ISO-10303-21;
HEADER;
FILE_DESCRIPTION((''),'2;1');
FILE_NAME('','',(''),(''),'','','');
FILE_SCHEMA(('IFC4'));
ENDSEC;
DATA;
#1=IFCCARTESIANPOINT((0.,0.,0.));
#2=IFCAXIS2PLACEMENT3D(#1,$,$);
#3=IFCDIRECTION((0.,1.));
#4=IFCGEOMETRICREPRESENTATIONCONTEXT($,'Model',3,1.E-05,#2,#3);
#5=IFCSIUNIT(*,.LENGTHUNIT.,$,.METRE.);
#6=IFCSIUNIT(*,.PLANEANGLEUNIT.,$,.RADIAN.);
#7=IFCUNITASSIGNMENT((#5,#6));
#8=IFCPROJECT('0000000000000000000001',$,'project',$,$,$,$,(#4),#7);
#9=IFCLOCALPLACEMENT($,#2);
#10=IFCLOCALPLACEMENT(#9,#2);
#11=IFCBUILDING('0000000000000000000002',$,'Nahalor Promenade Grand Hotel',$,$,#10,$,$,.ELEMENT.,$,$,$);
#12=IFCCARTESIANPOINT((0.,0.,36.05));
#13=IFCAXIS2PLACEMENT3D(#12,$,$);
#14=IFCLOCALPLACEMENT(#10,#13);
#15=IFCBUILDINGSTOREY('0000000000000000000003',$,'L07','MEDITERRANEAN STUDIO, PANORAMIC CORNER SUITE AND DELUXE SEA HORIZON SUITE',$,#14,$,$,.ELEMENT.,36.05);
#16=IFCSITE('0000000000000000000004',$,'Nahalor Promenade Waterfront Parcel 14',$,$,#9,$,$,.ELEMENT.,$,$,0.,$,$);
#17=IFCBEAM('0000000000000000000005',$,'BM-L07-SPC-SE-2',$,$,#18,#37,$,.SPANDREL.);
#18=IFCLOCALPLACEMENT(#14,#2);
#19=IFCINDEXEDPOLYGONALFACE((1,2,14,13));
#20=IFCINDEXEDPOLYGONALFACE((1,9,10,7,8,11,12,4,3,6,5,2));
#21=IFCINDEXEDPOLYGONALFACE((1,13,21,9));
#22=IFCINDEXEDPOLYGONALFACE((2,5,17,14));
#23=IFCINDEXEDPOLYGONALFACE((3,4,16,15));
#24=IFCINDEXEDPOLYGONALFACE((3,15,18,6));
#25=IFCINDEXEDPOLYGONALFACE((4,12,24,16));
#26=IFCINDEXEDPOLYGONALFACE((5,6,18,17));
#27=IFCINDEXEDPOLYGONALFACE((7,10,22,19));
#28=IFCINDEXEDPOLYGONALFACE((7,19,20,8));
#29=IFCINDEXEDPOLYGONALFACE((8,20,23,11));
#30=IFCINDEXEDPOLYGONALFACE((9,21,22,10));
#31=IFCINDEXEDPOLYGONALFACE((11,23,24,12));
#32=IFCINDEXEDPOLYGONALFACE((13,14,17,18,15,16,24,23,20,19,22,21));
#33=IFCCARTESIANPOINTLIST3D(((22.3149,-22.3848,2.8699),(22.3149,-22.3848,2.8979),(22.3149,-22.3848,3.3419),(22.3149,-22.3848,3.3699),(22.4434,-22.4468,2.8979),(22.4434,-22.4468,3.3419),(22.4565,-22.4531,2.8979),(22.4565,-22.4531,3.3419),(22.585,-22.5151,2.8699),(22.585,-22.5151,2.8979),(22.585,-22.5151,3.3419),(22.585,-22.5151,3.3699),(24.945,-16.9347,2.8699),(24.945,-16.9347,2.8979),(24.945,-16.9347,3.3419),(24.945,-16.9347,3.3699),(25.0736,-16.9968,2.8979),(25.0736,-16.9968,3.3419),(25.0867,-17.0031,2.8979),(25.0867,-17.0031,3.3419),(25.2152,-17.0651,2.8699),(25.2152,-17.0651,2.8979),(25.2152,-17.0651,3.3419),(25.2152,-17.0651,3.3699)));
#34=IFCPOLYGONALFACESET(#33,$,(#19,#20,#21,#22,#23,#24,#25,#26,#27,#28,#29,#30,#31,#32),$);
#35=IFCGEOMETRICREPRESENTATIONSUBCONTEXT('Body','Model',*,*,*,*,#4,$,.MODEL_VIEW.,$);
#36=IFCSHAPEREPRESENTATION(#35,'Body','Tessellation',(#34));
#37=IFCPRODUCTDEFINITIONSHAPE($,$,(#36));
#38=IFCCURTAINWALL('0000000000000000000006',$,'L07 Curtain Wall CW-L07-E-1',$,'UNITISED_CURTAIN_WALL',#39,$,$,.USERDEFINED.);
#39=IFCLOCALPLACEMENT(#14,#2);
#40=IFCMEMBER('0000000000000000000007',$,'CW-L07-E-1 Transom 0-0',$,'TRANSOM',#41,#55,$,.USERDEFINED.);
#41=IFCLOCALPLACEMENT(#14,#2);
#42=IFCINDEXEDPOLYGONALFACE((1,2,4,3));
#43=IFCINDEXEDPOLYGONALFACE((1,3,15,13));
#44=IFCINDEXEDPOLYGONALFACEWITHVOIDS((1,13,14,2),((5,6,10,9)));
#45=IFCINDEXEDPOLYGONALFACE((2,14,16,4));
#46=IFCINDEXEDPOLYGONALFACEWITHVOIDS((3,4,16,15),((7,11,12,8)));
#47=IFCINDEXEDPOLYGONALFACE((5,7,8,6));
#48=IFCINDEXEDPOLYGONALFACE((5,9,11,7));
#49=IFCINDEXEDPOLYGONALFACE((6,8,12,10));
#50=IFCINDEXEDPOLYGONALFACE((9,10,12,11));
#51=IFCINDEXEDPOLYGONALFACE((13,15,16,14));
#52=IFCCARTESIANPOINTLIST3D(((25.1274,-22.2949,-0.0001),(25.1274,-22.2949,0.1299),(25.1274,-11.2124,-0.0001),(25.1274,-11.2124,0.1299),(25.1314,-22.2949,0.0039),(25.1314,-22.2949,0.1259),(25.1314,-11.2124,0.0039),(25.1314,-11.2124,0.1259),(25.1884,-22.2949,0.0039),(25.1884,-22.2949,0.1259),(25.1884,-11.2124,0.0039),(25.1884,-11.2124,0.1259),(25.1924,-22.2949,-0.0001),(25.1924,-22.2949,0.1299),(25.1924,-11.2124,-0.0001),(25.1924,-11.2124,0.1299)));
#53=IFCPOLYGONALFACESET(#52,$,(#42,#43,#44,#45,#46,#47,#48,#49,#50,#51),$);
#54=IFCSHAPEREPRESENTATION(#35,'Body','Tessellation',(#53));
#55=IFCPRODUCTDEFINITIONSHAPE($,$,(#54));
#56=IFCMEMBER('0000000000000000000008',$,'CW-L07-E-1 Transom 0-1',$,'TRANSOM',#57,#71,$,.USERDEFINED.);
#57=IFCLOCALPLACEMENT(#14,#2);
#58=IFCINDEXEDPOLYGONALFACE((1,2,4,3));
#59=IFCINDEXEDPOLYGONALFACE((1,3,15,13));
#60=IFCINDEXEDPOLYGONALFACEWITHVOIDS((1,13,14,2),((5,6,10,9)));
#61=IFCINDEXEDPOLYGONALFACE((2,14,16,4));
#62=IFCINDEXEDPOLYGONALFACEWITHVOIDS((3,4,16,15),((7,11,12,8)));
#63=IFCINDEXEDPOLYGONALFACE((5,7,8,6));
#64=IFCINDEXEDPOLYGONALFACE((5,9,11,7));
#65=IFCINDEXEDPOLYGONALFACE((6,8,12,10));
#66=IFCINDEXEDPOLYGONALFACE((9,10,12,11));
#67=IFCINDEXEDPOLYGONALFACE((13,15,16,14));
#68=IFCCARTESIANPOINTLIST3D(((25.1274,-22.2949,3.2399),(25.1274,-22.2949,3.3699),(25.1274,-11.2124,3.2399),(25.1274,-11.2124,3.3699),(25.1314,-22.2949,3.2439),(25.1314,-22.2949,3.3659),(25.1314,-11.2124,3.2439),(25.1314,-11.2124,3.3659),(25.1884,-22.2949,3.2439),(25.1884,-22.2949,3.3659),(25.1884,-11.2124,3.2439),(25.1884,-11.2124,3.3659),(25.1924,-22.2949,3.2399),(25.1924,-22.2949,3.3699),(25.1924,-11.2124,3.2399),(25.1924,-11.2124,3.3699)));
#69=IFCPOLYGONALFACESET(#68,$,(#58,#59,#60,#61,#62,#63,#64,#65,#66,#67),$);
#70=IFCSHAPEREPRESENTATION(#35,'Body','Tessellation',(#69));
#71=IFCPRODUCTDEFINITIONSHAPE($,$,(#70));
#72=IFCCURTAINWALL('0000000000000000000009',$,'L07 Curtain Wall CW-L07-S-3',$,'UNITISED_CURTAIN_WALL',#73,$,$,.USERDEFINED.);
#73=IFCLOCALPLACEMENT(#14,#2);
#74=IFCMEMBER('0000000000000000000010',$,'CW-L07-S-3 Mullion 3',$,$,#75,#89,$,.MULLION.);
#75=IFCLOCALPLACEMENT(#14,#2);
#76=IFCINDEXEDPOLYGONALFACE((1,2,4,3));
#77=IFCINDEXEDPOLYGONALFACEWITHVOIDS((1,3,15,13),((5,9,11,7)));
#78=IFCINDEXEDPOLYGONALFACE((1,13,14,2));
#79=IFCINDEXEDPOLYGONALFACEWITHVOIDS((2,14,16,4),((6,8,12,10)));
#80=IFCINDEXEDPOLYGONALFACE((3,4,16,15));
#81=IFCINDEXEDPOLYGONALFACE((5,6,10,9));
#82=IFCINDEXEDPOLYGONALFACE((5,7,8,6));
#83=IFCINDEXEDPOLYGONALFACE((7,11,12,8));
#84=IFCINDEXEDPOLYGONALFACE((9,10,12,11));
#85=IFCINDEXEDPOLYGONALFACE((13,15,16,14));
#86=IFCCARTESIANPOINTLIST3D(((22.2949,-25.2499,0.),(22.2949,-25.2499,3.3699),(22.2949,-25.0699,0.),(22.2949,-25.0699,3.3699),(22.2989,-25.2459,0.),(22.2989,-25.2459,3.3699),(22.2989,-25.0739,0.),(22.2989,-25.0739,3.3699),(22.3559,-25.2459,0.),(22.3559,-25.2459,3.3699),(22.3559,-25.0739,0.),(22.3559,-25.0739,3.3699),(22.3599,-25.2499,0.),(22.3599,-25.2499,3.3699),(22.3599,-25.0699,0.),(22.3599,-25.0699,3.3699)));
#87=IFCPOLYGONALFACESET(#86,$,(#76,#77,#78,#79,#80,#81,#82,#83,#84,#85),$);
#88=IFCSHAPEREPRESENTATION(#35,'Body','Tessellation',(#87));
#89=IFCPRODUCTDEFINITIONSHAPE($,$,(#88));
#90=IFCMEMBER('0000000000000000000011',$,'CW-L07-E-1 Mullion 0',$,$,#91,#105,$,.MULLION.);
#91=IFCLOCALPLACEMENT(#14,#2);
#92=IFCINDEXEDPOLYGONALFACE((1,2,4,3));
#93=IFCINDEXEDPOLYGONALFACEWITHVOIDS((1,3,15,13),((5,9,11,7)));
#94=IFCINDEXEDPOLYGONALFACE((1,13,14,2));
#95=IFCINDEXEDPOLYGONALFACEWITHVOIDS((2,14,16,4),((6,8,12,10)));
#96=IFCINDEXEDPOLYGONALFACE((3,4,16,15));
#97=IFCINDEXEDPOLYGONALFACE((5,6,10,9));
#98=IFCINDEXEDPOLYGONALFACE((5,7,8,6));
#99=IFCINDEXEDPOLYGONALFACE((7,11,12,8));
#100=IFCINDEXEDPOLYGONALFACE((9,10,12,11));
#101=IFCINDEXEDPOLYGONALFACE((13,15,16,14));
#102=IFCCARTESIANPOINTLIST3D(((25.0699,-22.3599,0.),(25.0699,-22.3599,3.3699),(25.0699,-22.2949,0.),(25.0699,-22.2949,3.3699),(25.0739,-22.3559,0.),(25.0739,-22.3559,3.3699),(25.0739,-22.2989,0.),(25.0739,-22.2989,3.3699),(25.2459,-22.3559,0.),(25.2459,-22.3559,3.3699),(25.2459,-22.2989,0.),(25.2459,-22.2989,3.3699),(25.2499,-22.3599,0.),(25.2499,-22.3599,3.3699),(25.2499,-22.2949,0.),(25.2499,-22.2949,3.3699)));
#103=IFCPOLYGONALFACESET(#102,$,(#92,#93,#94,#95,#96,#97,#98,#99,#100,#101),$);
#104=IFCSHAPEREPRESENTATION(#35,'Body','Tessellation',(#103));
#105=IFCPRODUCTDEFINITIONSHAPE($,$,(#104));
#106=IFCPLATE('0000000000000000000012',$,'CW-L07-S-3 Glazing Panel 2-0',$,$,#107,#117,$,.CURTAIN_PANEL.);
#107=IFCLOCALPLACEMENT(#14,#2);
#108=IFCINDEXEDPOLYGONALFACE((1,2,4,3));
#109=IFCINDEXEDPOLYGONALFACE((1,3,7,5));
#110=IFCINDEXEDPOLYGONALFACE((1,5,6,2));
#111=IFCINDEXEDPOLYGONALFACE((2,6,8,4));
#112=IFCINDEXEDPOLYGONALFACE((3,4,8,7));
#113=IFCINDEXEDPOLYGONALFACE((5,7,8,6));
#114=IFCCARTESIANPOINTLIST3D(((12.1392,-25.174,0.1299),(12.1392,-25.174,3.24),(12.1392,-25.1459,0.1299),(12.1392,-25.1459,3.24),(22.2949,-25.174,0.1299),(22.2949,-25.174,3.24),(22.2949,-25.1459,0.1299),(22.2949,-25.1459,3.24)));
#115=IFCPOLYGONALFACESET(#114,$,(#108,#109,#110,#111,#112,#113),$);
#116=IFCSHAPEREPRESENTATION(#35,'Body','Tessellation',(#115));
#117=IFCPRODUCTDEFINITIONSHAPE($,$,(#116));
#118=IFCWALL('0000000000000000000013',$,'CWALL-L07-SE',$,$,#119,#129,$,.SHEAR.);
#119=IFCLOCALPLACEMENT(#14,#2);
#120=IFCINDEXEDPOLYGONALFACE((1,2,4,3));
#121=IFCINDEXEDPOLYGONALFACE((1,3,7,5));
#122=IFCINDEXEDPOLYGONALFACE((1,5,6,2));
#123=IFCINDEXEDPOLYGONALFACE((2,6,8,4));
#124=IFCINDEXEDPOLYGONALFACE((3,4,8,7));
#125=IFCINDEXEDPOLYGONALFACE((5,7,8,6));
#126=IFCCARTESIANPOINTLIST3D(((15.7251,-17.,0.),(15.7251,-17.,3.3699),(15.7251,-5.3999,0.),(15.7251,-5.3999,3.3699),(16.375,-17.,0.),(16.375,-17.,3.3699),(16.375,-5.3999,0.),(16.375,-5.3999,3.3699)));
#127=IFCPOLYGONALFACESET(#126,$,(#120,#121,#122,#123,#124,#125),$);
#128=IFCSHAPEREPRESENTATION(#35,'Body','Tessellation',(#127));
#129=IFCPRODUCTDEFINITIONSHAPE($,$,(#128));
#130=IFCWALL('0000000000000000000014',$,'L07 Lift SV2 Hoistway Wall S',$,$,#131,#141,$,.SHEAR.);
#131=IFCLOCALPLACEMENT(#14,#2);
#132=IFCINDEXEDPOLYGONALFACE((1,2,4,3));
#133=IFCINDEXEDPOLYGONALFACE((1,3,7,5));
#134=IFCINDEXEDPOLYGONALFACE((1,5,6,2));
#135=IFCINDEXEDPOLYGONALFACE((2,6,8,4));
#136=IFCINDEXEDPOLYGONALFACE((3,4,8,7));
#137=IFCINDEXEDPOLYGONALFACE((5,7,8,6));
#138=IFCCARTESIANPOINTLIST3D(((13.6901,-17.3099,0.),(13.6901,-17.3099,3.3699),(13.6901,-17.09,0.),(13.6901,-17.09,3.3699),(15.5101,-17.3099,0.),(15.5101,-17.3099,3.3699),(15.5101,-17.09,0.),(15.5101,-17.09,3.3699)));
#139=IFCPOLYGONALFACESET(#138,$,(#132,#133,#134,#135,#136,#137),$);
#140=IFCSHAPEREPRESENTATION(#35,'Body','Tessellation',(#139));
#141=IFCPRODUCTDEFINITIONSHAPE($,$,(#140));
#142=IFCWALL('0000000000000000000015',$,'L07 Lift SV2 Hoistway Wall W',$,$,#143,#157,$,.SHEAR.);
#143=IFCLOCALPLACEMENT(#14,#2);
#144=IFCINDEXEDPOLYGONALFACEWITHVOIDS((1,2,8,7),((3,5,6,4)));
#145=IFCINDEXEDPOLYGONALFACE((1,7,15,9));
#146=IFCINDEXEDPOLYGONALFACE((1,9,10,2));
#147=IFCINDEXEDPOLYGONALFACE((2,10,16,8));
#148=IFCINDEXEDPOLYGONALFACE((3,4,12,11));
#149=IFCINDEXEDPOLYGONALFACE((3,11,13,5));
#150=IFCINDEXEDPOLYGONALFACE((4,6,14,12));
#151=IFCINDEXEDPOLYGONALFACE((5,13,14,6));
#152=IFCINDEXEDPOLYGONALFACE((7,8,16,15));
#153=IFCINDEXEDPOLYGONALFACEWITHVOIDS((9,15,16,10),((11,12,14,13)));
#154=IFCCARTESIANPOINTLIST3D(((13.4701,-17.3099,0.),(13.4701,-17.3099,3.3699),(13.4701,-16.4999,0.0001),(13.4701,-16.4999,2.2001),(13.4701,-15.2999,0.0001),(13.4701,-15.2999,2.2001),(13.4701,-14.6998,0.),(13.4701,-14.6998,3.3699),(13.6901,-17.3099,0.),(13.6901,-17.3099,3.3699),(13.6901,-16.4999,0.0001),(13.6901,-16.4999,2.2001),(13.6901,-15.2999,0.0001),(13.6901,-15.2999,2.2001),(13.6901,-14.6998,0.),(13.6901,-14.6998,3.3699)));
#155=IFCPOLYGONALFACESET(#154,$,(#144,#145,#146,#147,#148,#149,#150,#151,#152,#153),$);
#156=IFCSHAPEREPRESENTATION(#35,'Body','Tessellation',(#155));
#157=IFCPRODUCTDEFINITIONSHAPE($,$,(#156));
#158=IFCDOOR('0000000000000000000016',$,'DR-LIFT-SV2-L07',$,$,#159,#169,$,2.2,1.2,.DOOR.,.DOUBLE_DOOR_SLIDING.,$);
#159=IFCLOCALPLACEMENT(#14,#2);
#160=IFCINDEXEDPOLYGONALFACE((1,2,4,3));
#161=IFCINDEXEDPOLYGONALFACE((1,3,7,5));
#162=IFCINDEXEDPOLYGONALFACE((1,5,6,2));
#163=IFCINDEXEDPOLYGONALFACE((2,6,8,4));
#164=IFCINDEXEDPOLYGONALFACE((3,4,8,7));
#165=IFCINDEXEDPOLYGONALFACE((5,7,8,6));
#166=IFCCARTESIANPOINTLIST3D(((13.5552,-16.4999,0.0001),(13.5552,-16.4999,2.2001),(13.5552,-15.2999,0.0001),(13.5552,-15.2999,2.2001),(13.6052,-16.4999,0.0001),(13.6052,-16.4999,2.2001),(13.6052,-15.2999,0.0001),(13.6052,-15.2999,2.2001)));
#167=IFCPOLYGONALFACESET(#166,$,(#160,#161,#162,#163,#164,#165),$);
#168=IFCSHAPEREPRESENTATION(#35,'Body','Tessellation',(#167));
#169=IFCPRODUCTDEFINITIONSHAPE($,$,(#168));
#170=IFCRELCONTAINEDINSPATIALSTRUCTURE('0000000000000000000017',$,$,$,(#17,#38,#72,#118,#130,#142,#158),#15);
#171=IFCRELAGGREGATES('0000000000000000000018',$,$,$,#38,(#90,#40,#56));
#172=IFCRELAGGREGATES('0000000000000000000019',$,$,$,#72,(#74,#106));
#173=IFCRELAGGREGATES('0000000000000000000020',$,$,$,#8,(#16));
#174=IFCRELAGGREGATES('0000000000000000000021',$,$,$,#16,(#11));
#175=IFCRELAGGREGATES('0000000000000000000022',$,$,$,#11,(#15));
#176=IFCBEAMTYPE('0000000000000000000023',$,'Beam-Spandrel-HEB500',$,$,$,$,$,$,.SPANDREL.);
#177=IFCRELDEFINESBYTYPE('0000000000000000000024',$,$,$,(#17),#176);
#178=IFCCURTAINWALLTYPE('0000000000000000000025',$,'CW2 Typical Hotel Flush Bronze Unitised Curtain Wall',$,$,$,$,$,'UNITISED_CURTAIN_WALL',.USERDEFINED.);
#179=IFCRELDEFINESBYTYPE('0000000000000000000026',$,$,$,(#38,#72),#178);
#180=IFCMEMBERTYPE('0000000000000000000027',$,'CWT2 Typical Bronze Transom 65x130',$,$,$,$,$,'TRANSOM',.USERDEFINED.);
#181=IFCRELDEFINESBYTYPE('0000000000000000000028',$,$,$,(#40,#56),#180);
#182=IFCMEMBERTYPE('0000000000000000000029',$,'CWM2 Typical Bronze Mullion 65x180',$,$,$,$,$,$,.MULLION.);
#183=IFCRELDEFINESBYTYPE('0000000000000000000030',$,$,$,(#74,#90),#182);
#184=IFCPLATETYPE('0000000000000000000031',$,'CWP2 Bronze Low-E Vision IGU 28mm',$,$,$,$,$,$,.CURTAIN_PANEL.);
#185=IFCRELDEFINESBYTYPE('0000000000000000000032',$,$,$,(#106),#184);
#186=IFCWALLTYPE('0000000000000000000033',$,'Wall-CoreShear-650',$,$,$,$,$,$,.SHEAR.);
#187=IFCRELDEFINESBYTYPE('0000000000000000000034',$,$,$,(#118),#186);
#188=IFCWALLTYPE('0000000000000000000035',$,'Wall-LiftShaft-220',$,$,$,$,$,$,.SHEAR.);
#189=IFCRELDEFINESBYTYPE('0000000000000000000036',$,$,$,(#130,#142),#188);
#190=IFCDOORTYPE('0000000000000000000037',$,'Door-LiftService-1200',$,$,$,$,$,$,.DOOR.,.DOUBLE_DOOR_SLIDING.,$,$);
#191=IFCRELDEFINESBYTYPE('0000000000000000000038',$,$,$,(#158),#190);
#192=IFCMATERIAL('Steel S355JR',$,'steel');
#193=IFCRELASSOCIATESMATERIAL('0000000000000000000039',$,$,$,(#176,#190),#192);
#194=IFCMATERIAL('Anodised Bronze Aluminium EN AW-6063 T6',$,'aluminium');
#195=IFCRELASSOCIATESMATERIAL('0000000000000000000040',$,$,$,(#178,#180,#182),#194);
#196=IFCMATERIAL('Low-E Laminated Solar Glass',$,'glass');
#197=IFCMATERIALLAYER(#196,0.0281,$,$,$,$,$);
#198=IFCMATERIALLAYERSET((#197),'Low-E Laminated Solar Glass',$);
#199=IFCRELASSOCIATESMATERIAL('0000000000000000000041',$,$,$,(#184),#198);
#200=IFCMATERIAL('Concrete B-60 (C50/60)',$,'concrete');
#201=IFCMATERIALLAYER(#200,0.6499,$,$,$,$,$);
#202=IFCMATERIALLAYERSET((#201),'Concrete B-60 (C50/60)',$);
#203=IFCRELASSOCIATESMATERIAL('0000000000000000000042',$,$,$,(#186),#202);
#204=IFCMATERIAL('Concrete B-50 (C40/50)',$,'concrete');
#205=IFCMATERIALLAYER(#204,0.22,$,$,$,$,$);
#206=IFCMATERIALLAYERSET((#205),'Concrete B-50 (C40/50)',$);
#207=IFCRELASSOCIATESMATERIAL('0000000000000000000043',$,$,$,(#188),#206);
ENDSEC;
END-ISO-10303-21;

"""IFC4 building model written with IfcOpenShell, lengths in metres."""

from ifc_helpers import new_model, si_unit, direction, frame, frame_2d, origin, origin_2d, place, context, subcontext, project, spatial, rectangle, hollow_rectangle, i_section, extrude, source, transform, mapped, material, layer, layer_set, material_profile, profile_set, type_object, element, fill, aggregate, save


model = new_model("IFC4")

# Units and contexts
model_context = context("Model", 3, precision=1e-05, world=origin(), true_north=direction((0.0, 1.0)))
body_context = subcontext(model_context, "Body", "Model", "MODEL_VIEW")
ifc_project = project(units=[si_unit("LENGTHUNIT", "METRE"), si_unit("PLANEANGLEUNIT", "RADIAN")], contexts=[model_context])

# Site, building, storey
site_placement = place(None, origin())
site = spatial("IfcSite", under=ifc_project, at=site_placement, Name="Nahalor Promenade Waterfront Parcel 14", CompositionType="ELEMENT", RefElevation=0.0)
building_placement = place(site_placement, origin())
building = spatial("IfcBuilding", under=site, at=building_placement, Name="Nahalor Promenade Grand Hotel", CompositionType="ELEMENT")
storey_placement = place(building_placement, frame((0.0, 0.0, 36.05)))
storey = spatial("IfcBuildingStorey", under=building, at=storey_placement, Name="L07", Description="MEDITERRANEAN STUDIO, PANORAMIC CORNER SUITE AND DELUXE SEA HORIZON SUITE", CompositionType="ELEMENT", Elevation=36.05)

# Beam
ifc_material_1 = material(Name="Steel S355JR", Category="steel")
ifc_material_profile_1 = material_profile(ifc_material_1, i_section(OverallWidth=0.3, OverallDepth=0.5, WebThickness=0.0145, FlangeThickness=0.028, at=origin_2d()), Name="HEB 500")
ifc_profile_set_1 = profile_set([ifc_material_profile_1], Name="Steel S355JR")
beam_type_1 = type_object("IfcBeamType", Name="Beam-Spandrel-HEB500", PredefinedType="SPANDREL", material=ifc_profile_set_1)
shared_shape_1 = source(origin(), body_context, "Body", "SweptSolid", [
    extrude(i_section(OverallWidth=0.3, OverallDepth=0.5, WebThickness=0.0145, FlangeThickness=0.028, at=origin_2d()), origin(), (0.0, 0.0, 1.0), 6.0515),
])
for number, where, z_axis, x_axis, name in (
    (1, (22.45, -22.45, 3.1199), (0.434631, 0.900609, 0.0), (-0.900609, 0.434631, 0.0), "BM-L07-SPC-SE-2"),
):
    element("IfcBeam", number, at=place(storey_placement, frame(where, z_axis=z_axis, x_axis=x_axis)), inside=storey, type_object=beam_type_1, Name=name, PredefinedType="SPANDREL", context=body_context, shape_type="MappedRepresentation", body=[
        mapped(shared_shape_1, transform((0.0, 0.0, 0.0), scale=1.0)),
    ])

# Curtain wall, members
ifc_material_2 = material(Name="Anodised Bronze Aluminium EN AW-6063 T6", Category="aluminium")
curtain_wall_type = type_object("IfcCurtainWallType", Name="CW2 Typical Hotel Flush Bronze Unitised Curtain Wall", ElementType="UNITISED_CURTAIN_WALL", PredefinedType="USERDEFINED", material=ifc_material_2)
curtain_wall_1_placement = place(storey_placement, origin())
curtain_wall_1 = element("IfcCurtainWall", 2, at=curtain_wall_1_placement, inside=storey, type_object=curtain_wall_type, Name="L07 Curtain Wall CW-L07-E-1", ObjectType="UNITISED_CURTAIN_WALL", PredefinedType="USERDEFINED")
ifc_material_profile_2 = material_profile(ifc_material_2, hollow_rectangle(XDim=0.065, YDim=0.13, WallThickness=0.004, at=origin_2d()), Name="CWT 65x130x4")
ifc_profile_set_2 = profile_set([ifc_material_profile_2], Name="Anodised Bronze Aluminium EN AW-6063 T6")
member_type_1 = type_object("IfcMemberType", Name="CWT2 Typical Bronze Transom 65x130", ElementType="TRANSOM", PredefinedType="USERDEFINED", material=ifc_profile_set_2)
shared_shape_2 = source(origin(), body_context, "Body", "SweptSolid", [
    extrude(hollow_rectangle(XDim=0.065, YDim=0.13, WallThickness=0.004, at=origin_2d()), origin(), (0.0, 0.0, 1.0), 11.0825),
])
member_1_placement = place(storey_placement, frame((25.1599, -22.2949, 0.0649), z_axis=(0.0, 1.0, 0.0), x_axis=(-1.0, 0.0, 0.0)))
member_1 = element("IfcMember", 3, at=member_1_placement, type_object=member_type_1, Name="CW-L07-E-1 Transom 0-0", ObjectType="TRANSOM", PredefinedType="USERDEFINED", context=body_context, shape_type="MappedRepresentation", body=[
    mapped(shared_shape_2, transform((0.0, 0.0, 0.0), scale=1.0)),
])
member_2_placement = place(storey_placement, frame((25.1599, -22.2949, 3.3049), z_axis=(0.0, 1.0, 0.0), x_axis=(-1.0, 0.0, 0.0)))
member_2 = element("IfcMember", 4, at=member_2_placement, type_object=member_type_1, Name="CW-L07-E-1 Transom 0-1", ObjectType="TRANSOM", PredefinedType="USERDEFINED", context=body_context, shape_type="MappedRepresentation", body=[
    mapped(shared_shape_2, transform((0.0, 0.0, 0.0), scale=1.0)),
])

# Curtain wall, member
curtain_wall_2_placement = place(storey_placement, origin())
curtain_wall_2 = element("IfcCurtainWall", 5, at=curtain_wall_2_placement, inside=storey, type_object=curtain_wall_type, Name="L07 Curtain Wall CW-L07-S-3", ObjectType="UNITISED_CURTAIN_WALL", PredefinedType="USERDEFINED")
ifc_material_profile_3 = material_profile(ifc_material_2, hollow_rectangle(XDim=0.065, YDim=0.18, WallThickness=0.004, at=origin_2d()), Name="CWM 65x180x4")
ifc_profile_set_3 = profile_set([ifc_material_profile_3], Name="Anodised Bronze Aluminium EN AW-6063 T6")
member_type_2 = type_object("IfcMemberType", Name="CWM2 Typical Bronze Mullion 65x180", PredefinedType="MULLION", material=ifc_profile_set_3)
shared_shape_3 = source(origin(), body_context, "Body", "SweptSolid", [
    extrude(hollow_rectangle(XDim=0.065, YDim=0.18, WallThickness=0.004, at=origin_2d()), origin(), (0.0, 0.0, 1.0), 3.3699),
])
member_3_placement = place(storey_placement, frame((22.3274, -25.1599, 0.0), z_axis=(0.0, 0.0, 1.0), x_axis=(1.0, 0.0, 0.0)))
member_3 = element("IfcMember", 6, at=member_3_placement, type_object=member_type_2, Name="CW-L07-S-3 Mullion 3", PredefinedType="MULLION", context=body_context, shape_type="MappedRepresentation", body=[
    mapped(shared_shape_3, transform((0.0, 0.0, 0.0), scale=1.0)),
])

# Member
member_4_placement = place(storey_placement, frame((25.1599, -22.3274, 0.0), z_axis=(0.0, 0.0, 1.0), x_axis=(0.0, 1.0, 0.0)))
member_4 = element("IfcMember", 7, at=member_4_placement, type_object=member_type_2, Name="CW-L07-E-1 Mullion 0", PredefinedType="MULLION", context=body_context, shape_type="MappedRepresentation", body=[
    mapped(shared_shape_3, transform((0.0, 0.0, 0.0), scale=1.0)),
])
aggregate(curtain_wall_1, [member_4, member_1, member_2])

# Plate
ifc_material_3 = material(Name="Low-E Laminated Solar Glass", Category="glass")
ifc_layer_1 = layer(ifc_material_3, 0.0281)
ifc_layer_set_1 = layer_set([ifc_layer_1], Name="Low-E Laminated Solar Glass")
plate_type = type_object("IfcPlateType", Name="CWP2 Bronze Low-E Vision IGU 28mm", PredefinedType="CURTAIN_PANEL", material=ifc_layer_set_1)
shared_shape_4 = source(origin(), body_context, "Body", "SweptSolid", [
    extrude(rectangle(XDim=10.1558, YDim=0.0281, at=origin_2d()), origin(), (0.0, 0.0, 1.0), 3.1101),
])
plate_placement = place(storey_placement, frame((17.217, -25.1599, 0.1299), z_axis=(0.0, 0.0, 1.0), x_axis=(1.0, 0.0, 0.0)))
plate = element("IfcPlate", 8, at=plate_placement, type_object=plate_type, Name="CW-L07-S-3 Glazing Panel 2-0", PredefinedType="CURTAIN_PANEL", context=body_context, shape_type="MappedRepresentation", body=[
    mapped(shared_shape_4, transform((0.0, 0.0, 0.0), scale=1.0)),
])
aggregate(curtain_wall_2, [member_3, plate])

# Walls
ifc_material_4 = material(Name="Concrete B-60 (C50/60)", Category="concrete")
ifc_layer_2 = layer(ifc_material_4, 0.6499)
ifc_layer_set_2 = layer_set([ifc_layer_2], Name="Concrete B-60 (C50/60)")
wall_type_1 = type_object("IfcWallType", Name="Wall-CoreShear-650", PredefinedType="SHEAR", material=ifc_layer_set_2)
shared_shape_5 = source(origin(), body_context, "Body", "SweptSolid", [
    extrude(rectangle(XDim=11.6001, YDim=0.6499, at=frame_2d((5.8, 0.0))), origin(), (0.0, 0.0, 1.0), 3.3699),
])
wall_1_placement = place(storey_placement, frame((16.05, -17.0, 0.0), z_axis=(0.0, 0.0, 1.0), x_axis=(0.0, 1.0, 0.0)))
element("IfcWall", 9, at=wall_1_placement, inside=storey, type_object=wall_type_1, Name="CWALL-L07-SE", PredefinedType="SHEAR", context=body_context, shape_type="MappedRepresentation", body=[
    mapped(shared_shape_5, transform((0.0, 0.0, 0.0), scale=1.0)),
])
ifc_material_5 = material(Name="Concrete B-50 (C40/50)", Category="concrete")
ifc_layer_3 = layer(ifc_material_5, 0.22)
ifc_layer_set_3 = layer_set([ifc_layer_3], Name="Concrete B-50 (C40/50)")
wall_type_2 = type_object("IfcWallType", Name="Wall-LiftShaft-220", PredefinedType="SHEAR", material=ifc_layer_set_3)
shared_shape_6 = source(origin(), body_context, "Body", "SweptSolid", [
    extrude(rectangle(XDim=1.8201, YDim=0.22, at=frame_2d((0.9102, 0.0))), origin(), (0.0, 0.0, 1.0), 3.3699),
])
wall_2_placement = place(storey_placement, frame((13.6899, -17.2, 0.0), z_axis=(0.0, 0.0, 1.0), x_axis=(1.0, 0.0, 0.0)))
element("IfcWall", 10, at=wall_2_placement, inside=storey, type_object=wall_type_2, Name="L07 Lift SV2 Hoistway Wall S", PredefinedType="SHEAR", context=body_context, shape_type="MappedRepresentation", body=[
    mapped(shared_shape_6, transform((0.0, 0.0, 0.0), scale=1.0)),
])

# Wall, opening, door
shared_shape_7 = source(origin(), body_context, "Body", "SweptSolid", [
    extrude(rectangle(XDim=2.6101, YDim=0.22, at=frame_2d((1.3052, 0.0))), origin(), (0.0, 0.0, 1.0), 3.3699),
])
wall_3_placement = place(storey_placement, frame((13.5801, -17.3101, 0.0), z_axis=(0.0, 0.0, 1.0), x_axis=(0.0, 1.0, 0.0)))
wall_3 = element("IfcWall", 11, at=wall_3_placement, inside=storey, type_object=wall_type_2, Name="L07 Lift SV2 Hoistway Wall W", PredefinedType="SHEAR", context=body_context, shape_type="MappedRepresentation", body=[
    mapped(shared_shape_7, transform((0.0, 0.0, 0.0), scale=1.0)),
])
opening_placement = place(wall_3_placement, frame((0.8101, 0.0, 0.0)))
opening = element("IfcOpeningElement", 12, at=opening_placement, cuts=wall_3, PredefinedType="OPENING", context=body_context, shape_type="SweptSolid", body=[
    extrude(rectangle(XDim=1.2, YDim=2.2, at=frame_2d((0.6001, 1.1001))), frame((0.0, 0.1199, 0.0), z_axis=(0.0, -1.0, 0.0), x_axis=(1.0, 0.0, 0.0)), (0.0, 0.0, 1.0), 0.24),
])
door_type = type_object("IfcDoorType", Name="Door-LiftService-1200", OperationType="DOUBLE_DOOR_SLIDING", PredefinedType="DOOR", material=ifc_material_1)
shared_shape_8 = source(origin(), body_context, "Body", "SweptSolid", [
    extrude(rectangle(XDim=1.2, YDim=2.2, at=frame_2d((0.6001, 1.1001))), frame((0.0, 0.0249, 0.0), z_axis=(0.0, -1.0, 0.0), x_axis=(1.0, 0.0, 0.0)), (0.0, 0.0, 1.0), 0.05),
])
door_placement = place(opening_placement, origin())
door = element("IfcDoor", 13, at=door_placement, inside=storey, type_object=door_type, Name="DR-LIFT-SV2-L07", OperationType="DOUBLE_DOOR_SLIDING", OverallHeight=2.2, OverallWidth=1.2, PredefinedType="DOOR", context=body_context, shape_type="MappedRepresentation", body=[
    mapped(shared_shape_8, transform((0.0, 0.0, 0.0), scale=1.0)),
])
fill(opening, door)

save(model, "model.ifc")
